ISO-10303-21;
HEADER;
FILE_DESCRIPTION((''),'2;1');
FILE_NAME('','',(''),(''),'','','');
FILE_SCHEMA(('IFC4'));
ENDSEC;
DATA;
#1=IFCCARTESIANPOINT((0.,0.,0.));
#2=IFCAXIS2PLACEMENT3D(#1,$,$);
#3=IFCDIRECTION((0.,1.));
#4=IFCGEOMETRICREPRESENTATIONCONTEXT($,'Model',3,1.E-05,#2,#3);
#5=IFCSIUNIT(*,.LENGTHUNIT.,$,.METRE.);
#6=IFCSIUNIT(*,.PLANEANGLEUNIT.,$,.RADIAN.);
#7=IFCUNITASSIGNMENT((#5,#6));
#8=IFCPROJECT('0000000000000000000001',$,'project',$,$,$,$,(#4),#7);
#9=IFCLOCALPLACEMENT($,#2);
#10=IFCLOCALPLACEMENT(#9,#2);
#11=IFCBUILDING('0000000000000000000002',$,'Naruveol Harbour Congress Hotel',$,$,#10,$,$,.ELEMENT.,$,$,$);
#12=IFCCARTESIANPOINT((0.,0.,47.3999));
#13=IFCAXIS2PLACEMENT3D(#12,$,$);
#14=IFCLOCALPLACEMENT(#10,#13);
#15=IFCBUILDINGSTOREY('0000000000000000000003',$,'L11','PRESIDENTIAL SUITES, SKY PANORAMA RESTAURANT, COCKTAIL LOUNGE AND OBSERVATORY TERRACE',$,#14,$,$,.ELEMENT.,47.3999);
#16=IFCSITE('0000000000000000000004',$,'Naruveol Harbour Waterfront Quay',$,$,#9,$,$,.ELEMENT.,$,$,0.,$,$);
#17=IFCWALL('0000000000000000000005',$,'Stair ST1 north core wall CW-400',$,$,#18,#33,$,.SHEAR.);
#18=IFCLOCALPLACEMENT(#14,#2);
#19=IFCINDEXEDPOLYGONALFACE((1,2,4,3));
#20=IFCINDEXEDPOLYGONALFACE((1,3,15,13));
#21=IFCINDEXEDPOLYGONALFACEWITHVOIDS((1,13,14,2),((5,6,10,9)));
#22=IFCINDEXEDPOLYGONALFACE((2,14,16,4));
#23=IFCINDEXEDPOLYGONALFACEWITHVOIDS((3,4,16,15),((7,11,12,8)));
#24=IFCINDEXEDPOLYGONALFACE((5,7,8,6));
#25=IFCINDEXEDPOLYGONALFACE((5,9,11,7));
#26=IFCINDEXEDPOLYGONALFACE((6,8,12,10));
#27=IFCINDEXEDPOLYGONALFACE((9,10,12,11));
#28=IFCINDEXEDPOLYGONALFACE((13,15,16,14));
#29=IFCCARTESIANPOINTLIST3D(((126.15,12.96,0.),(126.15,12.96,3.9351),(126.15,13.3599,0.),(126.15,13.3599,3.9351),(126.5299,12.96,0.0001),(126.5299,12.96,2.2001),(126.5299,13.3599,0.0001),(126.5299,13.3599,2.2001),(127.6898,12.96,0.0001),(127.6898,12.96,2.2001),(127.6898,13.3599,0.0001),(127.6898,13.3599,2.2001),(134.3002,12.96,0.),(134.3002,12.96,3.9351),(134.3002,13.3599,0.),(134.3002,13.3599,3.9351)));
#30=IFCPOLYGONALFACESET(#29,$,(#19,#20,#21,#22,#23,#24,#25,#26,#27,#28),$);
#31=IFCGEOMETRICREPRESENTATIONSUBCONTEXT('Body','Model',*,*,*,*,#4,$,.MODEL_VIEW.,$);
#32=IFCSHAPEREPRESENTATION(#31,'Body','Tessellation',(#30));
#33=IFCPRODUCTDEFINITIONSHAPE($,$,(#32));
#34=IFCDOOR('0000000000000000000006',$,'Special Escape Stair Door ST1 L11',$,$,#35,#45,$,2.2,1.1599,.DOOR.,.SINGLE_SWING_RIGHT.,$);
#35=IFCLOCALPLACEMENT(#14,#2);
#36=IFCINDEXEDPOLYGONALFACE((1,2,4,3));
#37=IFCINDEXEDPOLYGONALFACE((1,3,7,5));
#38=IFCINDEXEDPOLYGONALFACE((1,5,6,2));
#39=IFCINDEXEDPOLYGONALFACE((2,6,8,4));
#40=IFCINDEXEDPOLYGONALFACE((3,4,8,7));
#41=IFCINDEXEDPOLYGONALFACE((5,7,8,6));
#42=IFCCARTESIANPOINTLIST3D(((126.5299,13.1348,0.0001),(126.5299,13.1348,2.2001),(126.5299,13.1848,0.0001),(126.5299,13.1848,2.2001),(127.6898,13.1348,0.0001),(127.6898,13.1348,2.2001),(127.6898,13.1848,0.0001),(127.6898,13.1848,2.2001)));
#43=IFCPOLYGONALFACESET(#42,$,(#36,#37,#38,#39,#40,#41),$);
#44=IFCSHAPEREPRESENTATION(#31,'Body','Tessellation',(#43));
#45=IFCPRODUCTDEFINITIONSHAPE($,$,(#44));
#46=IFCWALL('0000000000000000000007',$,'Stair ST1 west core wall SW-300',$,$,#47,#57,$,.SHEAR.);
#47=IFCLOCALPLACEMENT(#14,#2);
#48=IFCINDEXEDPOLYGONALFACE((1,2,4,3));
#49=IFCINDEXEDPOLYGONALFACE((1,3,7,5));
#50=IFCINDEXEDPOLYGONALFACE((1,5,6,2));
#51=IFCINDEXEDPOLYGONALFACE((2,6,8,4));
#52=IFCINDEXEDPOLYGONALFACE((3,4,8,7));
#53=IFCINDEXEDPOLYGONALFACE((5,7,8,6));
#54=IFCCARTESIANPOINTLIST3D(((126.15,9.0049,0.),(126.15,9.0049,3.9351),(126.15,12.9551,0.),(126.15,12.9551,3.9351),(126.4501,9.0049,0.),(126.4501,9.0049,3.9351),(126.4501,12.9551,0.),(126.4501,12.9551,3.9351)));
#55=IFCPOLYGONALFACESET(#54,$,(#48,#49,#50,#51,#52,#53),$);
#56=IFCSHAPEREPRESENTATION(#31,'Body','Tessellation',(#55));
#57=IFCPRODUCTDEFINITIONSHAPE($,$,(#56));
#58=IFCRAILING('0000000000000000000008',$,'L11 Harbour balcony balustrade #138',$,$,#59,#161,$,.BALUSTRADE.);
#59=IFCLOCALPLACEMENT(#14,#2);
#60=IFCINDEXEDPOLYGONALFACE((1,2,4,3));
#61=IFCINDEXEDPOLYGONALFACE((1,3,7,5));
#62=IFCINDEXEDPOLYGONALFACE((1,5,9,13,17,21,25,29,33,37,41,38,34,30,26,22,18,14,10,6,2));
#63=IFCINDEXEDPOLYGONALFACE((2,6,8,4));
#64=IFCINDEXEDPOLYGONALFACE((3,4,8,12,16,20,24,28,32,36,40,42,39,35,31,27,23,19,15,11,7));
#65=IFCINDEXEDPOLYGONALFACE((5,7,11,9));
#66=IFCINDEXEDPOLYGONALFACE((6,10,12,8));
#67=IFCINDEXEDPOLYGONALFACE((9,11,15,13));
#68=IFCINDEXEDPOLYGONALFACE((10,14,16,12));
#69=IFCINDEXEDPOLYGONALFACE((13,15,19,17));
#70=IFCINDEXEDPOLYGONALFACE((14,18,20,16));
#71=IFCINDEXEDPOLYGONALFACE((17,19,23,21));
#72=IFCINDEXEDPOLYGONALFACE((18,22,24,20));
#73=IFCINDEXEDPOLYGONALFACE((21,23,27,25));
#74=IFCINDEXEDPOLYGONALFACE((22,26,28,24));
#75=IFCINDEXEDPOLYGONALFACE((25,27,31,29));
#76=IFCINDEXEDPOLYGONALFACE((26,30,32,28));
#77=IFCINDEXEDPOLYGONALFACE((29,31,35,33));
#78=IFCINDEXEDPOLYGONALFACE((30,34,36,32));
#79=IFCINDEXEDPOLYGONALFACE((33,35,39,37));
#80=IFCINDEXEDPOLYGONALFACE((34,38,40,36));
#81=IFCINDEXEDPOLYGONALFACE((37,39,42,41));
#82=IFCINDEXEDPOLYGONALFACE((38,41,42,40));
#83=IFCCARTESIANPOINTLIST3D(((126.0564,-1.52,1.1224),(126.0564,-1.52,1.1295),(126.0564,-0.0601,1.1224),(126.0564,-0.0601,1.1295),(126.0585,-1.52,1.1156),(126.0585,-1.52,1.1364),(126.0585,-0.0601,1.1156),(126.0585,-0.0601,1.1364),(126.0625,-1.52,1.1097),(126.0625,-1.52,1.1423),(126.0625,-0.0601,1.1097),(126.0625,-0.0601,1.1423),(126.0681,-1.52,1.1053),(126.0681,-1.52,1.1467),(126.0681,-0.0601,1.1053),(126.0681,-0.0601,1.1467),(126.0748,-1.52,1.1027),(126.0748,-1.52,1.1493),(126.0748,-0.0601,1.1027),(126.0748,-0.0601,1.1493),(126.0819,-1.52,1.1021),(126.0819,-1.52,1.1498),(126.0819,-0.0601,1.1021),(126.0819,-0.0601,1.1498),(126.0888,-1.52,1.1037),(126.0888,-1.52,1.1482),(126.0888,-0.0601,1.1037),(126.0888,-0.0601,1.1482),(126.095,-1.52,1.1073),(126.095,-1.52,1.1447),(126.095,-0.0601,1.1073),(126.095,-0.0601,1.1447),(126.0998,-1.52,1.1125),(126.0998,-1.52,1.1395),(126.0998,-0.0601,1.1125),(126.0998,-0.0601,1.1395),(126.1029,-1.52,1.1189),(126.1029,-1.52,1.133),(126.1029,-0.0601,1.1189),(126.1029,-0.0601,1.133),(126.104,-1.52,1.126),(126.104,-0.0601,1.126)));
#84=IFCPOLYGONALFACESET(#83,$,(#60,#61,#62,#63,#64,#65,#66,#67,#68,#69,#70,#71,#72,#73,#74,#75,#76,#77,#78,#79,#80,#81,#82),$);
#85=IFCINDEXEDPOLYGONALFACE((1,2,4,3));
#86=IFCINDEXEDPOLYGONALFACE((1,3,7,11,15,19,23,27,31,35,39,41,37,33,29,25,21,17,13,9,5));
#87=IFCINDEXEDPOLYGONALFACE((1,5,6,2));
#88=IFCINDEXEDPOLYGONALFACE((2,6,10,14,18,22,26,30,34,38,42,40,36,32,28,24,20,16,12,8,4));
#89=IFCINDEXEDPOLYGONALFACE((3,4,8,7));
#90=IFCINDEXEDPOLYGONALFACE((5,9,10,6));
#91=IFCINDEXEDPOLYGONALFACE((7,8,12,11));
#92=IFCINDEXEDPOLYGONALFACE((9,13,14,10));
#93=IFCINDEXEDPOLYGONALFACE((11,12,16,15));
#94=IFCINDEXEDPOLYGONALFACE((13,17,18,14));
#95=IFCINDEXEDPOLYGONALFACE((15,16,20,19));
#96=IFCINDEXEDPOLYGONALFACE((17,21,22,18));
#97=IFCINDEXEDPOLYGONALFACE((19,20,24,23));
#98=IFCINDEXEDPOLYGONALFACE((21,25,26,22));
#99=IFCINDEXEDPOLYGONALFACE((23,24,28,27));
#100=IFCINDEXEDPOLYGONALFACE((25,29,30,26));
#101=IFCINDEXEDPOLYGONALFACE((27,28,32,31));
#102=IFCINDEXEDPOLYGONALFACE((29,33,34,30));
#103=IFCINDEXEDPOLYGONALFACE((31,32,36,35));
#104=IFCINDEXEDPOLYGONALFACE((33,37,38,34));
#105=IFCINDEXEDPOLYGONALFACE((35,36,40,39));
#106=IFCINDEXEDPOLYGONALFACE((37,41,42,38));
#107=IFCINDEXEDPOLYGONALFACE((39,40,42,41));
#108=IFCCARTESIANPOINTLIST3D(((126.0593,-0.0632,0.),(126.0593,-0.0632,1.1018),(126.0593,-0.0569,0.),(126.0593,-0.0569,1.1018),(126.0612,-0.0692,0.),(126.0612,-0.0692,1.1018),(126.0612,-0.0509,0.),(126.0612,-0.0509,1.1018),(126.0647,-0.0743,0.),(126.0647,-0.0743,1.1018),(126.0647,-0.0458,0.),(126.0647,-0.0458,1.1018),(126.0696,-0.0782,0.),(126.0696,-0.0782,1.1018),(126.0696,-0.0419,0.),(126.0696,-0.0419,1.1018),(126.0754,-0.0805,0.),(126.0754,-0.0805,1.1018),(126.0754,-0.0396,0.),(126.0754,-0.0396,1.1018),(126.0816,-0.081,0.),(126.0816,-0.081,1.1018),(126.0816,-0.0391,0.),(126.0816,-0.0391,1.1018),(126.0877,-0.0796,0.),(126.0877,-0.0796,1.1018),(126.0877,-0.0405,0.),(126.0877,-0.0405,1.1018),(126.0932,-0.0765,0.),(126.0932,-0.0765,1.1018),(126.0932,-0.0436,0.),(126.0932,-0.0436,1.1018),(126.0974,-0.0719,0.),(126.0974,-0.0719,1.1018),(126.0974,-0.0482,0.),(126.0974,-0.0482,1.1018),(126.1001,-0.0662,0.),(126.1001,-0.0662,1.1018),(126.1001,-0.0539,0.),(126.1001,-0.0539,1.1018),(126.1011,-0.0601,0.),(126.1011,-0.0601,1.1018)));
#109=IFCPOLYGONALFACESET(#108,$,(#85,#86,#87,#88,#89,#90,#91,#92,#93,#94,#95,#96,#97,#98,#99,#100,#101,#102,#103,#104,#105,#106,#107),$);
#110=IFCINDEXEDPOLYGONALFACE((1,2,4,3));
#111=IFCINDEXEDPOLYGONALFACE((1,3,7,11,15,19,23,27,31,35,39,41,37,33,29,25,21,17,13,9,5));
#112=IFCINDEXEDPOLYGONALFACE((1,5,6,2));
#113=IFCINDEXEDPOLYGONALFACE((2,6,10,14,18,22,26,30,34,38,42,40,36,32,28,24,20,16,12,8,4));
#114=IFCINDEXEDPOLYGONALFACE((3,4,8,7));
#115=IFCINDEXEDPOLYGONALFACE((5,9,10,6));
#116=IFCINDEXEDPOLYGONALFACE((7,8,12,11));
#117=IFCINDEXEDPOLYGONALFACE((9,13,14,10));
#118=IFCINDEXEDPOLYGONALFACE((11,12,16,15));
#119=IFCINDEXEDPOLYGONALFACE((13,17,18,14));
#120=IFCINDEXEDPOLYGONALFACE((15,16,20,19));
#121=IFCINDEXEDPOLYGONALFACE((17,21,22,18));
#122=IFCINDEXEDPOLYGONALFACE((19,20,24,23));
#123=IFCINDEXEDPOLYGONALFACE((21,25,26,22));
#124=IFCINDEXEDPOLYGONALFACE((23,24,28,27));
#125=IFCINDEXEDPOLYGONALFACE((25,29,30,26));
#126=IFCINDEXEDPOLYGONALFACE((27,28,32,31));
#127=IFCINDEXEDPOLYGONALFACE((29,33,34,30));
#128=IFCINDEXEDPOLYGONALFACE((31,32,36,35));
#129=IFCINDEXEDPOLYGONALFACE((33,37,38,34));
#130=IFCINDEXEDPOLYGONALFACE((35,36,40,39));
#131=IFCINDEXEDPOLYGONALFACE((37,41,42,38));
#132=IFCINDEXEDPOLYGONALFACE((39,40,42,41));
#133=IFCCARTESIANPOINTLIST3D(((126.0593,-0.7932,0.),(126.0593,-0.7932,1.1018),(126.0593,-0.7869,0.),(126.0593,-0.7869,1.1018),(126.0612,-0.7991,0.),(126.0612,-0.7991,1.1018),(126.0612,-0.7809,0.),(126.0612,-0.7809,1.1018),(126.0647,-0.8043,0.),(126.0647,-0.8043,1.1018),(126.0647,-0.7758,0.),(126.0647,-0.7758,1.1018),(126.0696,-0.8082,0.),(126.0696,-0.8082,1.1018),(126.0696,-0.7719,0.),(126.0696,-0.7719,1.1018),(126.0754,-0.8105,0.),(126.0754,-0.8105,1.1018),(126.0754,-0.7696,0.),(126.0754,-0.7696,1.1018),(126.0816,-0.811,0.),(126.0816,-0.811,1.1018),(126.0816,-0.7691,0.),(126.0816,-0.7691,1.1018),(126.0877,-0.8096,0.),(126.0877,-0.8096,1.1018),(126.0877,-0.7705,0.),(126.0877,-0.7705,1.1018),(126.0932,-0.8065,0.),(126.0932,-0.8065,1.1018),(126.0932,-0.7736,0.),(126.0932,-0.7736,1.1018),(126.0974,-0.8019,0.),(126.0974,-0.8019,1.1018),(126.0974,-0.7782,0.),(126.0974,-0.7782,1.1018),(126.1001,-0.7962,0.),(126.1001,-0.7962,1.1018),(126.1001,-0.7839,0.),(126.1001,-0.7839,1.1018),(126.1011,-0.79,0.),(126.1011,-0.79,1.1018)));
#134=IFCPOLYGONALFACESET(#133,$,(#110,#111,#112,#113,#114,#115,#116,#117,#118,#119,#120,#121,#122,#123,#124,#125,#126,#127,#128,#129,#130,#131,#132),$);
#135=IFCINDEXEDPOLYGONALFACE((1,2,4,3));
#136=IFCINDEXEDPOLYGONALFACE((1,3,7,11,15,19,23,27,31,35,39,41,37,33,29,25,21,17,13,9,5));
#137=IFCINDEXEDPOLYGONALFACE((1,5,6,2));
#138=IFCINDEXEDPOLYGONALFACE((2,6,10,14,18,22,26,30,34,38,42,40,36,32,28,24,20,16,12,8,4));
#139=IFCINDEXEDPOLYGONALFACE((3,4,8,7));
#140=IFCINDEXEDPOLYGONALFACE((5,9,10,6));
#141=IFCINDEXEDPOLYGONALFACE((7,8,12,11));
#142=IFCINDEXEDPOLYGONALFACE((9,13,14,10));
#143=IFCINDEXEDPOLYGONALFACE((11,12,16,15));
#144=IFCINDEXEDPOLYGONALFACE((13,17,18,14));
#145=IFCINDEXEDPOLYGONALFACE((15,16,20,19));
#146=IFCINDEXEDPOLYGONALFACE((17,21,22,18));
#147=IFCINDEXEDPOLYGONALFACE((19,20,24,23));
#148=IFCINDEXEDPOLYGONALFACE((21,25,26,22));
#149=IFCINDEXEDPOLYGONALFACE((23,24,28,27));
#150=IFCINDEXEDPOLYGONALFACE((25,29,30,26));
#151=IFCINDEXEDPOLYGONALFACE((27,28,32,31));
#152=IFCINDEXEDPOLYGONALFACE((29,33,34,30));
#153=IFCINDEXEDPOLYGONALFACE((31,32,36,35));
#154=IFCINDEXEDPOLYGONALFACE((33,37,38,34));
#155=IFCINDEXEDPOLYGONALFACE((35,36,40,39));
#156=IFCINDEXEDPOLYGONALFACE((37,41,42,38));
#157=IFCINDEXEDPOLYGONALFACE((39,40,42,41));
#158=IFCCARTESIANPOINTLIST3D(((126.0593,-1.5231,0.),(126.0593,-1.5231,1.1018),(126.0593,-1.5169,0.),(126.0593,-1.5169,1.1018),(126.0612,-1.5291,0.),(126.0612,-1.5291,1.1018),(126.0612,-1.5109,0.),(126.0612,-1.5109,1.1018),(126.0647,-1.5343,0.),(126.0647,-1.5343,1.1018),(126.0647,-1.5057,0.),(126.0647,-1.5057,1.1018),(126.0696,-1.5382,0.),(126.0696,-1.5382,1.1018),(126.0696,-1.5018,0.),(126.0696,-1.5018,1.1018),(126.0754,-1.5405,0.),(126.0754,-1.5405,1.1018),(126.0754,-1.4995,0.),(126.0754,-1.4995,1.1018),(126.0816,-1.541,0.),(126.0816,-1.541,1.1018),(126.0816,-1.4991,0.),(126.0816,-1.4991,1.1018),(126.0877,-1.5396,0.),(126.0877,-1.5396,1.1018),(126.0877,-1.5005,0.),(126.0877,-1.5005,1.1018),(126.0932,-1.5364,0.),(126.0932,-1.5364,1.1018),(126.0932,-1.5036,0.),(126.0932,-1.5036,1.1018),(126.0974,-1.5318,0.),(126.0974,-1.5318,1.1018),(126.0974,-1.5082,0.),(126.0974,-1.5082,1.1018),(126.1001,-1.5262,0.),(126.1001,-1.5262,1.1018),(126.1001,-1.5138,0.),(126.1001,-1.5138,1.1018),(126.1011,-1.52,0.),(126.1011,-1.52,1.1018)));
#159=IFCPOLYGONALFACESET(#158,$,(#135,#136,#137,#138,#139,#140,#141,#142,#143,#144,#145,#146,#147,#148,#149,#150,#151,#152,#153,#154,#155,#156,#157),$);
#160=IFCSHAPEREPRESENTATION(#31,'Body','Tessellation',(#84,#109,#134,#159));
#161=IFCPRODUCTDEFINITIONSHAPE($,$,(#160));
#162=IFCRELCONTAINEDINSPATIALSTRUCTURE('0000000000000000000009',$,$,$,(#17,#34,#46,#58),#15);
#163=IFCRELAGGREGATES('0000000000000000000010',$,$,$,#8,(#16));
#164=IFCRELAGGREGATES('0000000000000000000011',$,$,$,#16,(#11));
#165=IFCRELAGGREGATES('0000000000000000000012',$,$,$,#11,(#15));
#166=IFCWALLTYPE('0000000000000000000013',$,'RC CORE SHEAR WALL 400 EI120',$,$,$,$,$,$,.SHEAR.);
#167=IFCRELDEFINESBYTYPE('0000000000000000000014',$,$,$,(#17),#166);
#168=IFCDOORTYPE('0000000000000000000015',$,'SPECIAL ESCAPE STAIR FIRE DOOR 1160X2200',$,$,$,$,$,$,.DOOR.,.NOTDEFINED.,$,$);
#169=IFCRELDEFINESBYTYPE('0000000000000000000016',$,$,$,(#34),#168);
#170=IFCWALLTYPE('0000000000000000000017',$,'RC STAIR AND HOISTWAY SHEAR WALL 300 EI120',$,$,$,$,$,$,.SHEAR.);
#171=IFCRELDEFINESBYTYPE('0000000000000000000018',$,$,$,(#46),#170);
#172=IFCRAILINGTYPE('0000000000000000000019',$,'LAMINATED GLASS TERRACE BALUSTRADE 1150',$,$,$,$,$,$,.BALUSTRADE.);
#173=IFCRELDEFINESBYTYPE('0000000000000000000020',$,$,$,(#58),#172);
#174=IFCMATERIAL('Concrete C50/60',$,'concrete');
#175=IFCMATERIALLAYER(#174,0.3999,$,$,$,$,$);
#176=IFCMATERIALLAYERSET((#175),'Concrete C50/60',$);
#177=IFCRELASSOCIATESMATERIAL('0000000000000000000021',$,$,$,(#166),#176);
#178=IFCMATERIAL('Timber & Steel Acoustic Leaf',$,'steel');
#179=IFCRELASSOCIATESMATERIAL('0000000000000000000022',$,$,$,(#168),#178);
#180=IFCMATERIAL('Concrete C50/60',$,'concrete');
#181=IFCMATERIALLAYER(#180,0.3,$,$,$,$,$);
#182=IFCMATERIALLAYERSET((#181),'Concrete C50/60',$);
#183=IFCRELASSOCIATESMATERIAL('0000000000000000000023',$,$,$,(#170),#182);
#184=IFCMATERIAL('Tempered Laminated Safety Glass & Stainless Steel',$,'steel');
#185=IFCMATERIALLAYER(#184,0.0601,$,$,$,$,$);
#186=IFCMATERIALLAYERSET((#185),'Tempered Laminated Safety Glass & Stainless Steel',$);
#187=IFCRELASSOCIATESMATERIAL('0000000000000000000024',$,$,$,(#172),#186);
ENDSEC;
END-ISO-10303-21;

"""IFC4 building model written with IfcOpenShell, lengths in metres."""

from ifc_helpers import new_model, si_unit, direction, frame, frame_2d, origin, origin_2d, place, context, subcontext, project, spatial, rectangle, circle, extrude, material, layer, layer_set, type_object, element, fill, save


model = new_model("IFC4")

# Units and contexts
model_context = context("Model", 3, precision=1e-05, world=origin(), true_north=direction((0.0, 1.0)))
body_context = subcontext(model_context, "Body", "Model", "MODEL_VIEW")
ifc_project = project(units=[si_unit("LENGTHUNIT", "METRE"), si_unit("PLANEANGLEUNIT", "RADIAN")], contexts=[model_context])

# Site, building, storey
site_placement = place(None, origin())
site = spatial("IfcSite", under=ifc_project, at=site_placement, Name="Naruveol Harbour Waterfront Quay", CompositionType="ELEMENT", RefElevation=0.0)
building_placement = place(site_placement, origin())
building = spatial("IfcBuilding", under=site, at=building_placement, Name="Naruveol Harbour Congress Hotel", CompositionType="ELEMENT")
storey_placement = place(building_placement, frame((0.0, 0.0, 47.3999)))
storey = spatial("IfcBuildingStorey", under=building, at=storey_placement, Name="L11", Description="PRESIDENTIAL SUITES, SKY PANORAMA RESTAURANT, COCKTAIL LOUNGE AND OBSERVATORY TERRACE", CompositionType="ELEMENT", Elevation=47.3999)

# Shared definitions
ifc_material_1 = material(Name="Concrete C50/60", Category="concrete")
ifc_layer_1 = layer(ifc_material_1, 0.3999)
ifc_layer_set_1 = layer_set([ifc_layer_1], Name="Concrete C50/60")
wall_type_1 = type_object("IfcWallType", Name="RC CORE SHEAR WALL 400 EI120", PredefinedType="SHEAR", material=ifc_layer_set_1)

# Wall, opening, door
wall_1_placement = place(storey_placement, frame((126.1499, 13.1599, 0.0), z_axis=(0.0, 0.0, 1.0), x_axis=(1.0, 0.0, 0.0)))
wall_1 = element("IfcWall", 1, at=wall_1_placement, inside=storey, type_object=wall_type_1, Name="Stair ST1 north core wall CW-400", PredefinedType="SHEAR", context=body_context, shape_type="SweptSolid", body=[
    extrude(rectangle(XDim=8.1501, YDim=0.3999, at=frame_2d((4.0752, 0.0))), origin(), (0.0, 0.0, 1.0), 3.9351),
])
opening_1_placement = place(wall_1_placement, frame((0.3799, 0.0, 0.0)))
opening_1 = element("IfcOpeningElement", 2, at=opening_1_placement, cuts=wall_1, PredefinedType="OPENING", context=body_context, shape_type="SweptSolid", body=[
    extrude(rectangle(XDim=1.1599, YDim=2.2, at=frame_2d((0.5801, 1.1001))), frame((0.0, 0.21, 0.0), z_axis=(0.0, -1.0, 0.0), x_axis=(1.0, 0.0, 0.0)), (0.0, 0.0, 1.0), 0.4199),
])
ifc_material_2 = material(Name="Timber & Steel Acoustic Leaf", Category="steel")
door_type_1 = type_object("IfcDoorType", Name="SPECIAL ESCAPE STAIR FIRE DOOR 1160X2200", OperationType="NOTDEFINED", PredefinedType="DOOR", material=ifc_material_2)
door_1_placement = place(opening_1_placement, origin())
door_1 = element("IfcDoor", 3, at=door_1_placement, inside=storey, type_object=door_type_1, Name="Special Escape Stair Door ST1 L11", OperationType="SINGLE_SWING_RIGHT", OverallHeight=2.2, OverallWidth=1.1599, PredefinedType="DOOR", context=body_context, shape_type="SweptSolid", body=[
    extrude(rectangle(XDim=1.1599, YDim=2.2, at=frame_2d((0.5801, 1.1001))), frame((0.0, 0.0249, 0.0), z_axis=(0.0, -1.0, 0.0), x_axis=(1.0, 0.0, 0.0)), (0.0, 0.0, 1.0), 0.05),
])
fill(opening_1, door_1)

# Wall
ifc_material_3 = material(Name="Concrete C50/60", Category="concrete")
ifc_layer_2 = layer(ifc_material_3, 0.3)
ifc_layer_set_2 = layer_set([ifc_layer_2], Name="Concrete C50/60")
wall_type_2 = type_object("IfcWallType", Name="RC STAIR AND HOISTWAY SHEAR WALL 300 EI120", PredefinedType="SHEAR", material=ifc_layer_set_2)
wall_2_placement = place(storey_placement, frame((126.3, 9.0049, 0.0), z_axis=(0.0, 0.0, 1.0), x_axis=(0.0, 1.0, 0.0)))
element("IfcWall", 4, at=wall_2_placement, inside=storey, type_object=wall_type_2, Name="Stair ST1 west core wall SW-300", PredefinedType="SHEAR", context=body_context, shape_type="SweptSolid", body=[
    extrude(rectangle(XDim=3.9502, YDim=0.3, at=frame_2d((1.9751, 0.0))), origin(), (0.0, 0.0, 1.0), 3.9351),
])

# Railing
ifc_material_4 = material(Name="Tempered Laminated Safety Glass & Stainless Steel", Category="steel")
ifc_layer_3 = layer(ifc_material_4, 0.0601)
ifc_layer_set_3 = layer_set([ifc_layer_3], Name="Tempered Laminated Safety Glass & Stainless Steel")
railing_type = type_object("IfcRailingType", Name="LAMINATED GLASS TERRACE BALUSTRADE 1150", PredefinedType="BALUSTRADE", material=ifc_layer_set_3)
railing_1_placement = place(storey_placement, frame((126.0801, -0.0601, 0.0)))
element("IfcRailing", 5, at=railing_1_placement, inside=storey, type_object=railing_type, Name="L11 Harbour balcony balustrade #138", PredefinedType="BALUSTRADE", context=body_context, shape_type="SweptSolid", body=[
    extrude(circle(Radius=0.0239, at=origin_2d()), frame((0.0, 0.0, 1.126), z_axis=(0.0, -1.0, 0.0), x_axis=(1.0, 0.0, 0.0)), (0.0, 0.0, 1.0), 1.46),
    extrude(circle(Radius=0.021, at=origin_2d()), origin(), (0.0, 0.0, 1.0), 1.1018),
    extrude(circle(Radius=0.021, at=origin_2d()), frame((0.0, -0.73, 0.0)), (0.0, 0.0, 1.0), 1.1018),
    extrude(circle(Radius=0.021, at=origin_2d()), frame((0.0, -1.46, 0.0)), (0.0, 0.0, 1.0), 1.1018),
])

save(model, "model.ifc")
